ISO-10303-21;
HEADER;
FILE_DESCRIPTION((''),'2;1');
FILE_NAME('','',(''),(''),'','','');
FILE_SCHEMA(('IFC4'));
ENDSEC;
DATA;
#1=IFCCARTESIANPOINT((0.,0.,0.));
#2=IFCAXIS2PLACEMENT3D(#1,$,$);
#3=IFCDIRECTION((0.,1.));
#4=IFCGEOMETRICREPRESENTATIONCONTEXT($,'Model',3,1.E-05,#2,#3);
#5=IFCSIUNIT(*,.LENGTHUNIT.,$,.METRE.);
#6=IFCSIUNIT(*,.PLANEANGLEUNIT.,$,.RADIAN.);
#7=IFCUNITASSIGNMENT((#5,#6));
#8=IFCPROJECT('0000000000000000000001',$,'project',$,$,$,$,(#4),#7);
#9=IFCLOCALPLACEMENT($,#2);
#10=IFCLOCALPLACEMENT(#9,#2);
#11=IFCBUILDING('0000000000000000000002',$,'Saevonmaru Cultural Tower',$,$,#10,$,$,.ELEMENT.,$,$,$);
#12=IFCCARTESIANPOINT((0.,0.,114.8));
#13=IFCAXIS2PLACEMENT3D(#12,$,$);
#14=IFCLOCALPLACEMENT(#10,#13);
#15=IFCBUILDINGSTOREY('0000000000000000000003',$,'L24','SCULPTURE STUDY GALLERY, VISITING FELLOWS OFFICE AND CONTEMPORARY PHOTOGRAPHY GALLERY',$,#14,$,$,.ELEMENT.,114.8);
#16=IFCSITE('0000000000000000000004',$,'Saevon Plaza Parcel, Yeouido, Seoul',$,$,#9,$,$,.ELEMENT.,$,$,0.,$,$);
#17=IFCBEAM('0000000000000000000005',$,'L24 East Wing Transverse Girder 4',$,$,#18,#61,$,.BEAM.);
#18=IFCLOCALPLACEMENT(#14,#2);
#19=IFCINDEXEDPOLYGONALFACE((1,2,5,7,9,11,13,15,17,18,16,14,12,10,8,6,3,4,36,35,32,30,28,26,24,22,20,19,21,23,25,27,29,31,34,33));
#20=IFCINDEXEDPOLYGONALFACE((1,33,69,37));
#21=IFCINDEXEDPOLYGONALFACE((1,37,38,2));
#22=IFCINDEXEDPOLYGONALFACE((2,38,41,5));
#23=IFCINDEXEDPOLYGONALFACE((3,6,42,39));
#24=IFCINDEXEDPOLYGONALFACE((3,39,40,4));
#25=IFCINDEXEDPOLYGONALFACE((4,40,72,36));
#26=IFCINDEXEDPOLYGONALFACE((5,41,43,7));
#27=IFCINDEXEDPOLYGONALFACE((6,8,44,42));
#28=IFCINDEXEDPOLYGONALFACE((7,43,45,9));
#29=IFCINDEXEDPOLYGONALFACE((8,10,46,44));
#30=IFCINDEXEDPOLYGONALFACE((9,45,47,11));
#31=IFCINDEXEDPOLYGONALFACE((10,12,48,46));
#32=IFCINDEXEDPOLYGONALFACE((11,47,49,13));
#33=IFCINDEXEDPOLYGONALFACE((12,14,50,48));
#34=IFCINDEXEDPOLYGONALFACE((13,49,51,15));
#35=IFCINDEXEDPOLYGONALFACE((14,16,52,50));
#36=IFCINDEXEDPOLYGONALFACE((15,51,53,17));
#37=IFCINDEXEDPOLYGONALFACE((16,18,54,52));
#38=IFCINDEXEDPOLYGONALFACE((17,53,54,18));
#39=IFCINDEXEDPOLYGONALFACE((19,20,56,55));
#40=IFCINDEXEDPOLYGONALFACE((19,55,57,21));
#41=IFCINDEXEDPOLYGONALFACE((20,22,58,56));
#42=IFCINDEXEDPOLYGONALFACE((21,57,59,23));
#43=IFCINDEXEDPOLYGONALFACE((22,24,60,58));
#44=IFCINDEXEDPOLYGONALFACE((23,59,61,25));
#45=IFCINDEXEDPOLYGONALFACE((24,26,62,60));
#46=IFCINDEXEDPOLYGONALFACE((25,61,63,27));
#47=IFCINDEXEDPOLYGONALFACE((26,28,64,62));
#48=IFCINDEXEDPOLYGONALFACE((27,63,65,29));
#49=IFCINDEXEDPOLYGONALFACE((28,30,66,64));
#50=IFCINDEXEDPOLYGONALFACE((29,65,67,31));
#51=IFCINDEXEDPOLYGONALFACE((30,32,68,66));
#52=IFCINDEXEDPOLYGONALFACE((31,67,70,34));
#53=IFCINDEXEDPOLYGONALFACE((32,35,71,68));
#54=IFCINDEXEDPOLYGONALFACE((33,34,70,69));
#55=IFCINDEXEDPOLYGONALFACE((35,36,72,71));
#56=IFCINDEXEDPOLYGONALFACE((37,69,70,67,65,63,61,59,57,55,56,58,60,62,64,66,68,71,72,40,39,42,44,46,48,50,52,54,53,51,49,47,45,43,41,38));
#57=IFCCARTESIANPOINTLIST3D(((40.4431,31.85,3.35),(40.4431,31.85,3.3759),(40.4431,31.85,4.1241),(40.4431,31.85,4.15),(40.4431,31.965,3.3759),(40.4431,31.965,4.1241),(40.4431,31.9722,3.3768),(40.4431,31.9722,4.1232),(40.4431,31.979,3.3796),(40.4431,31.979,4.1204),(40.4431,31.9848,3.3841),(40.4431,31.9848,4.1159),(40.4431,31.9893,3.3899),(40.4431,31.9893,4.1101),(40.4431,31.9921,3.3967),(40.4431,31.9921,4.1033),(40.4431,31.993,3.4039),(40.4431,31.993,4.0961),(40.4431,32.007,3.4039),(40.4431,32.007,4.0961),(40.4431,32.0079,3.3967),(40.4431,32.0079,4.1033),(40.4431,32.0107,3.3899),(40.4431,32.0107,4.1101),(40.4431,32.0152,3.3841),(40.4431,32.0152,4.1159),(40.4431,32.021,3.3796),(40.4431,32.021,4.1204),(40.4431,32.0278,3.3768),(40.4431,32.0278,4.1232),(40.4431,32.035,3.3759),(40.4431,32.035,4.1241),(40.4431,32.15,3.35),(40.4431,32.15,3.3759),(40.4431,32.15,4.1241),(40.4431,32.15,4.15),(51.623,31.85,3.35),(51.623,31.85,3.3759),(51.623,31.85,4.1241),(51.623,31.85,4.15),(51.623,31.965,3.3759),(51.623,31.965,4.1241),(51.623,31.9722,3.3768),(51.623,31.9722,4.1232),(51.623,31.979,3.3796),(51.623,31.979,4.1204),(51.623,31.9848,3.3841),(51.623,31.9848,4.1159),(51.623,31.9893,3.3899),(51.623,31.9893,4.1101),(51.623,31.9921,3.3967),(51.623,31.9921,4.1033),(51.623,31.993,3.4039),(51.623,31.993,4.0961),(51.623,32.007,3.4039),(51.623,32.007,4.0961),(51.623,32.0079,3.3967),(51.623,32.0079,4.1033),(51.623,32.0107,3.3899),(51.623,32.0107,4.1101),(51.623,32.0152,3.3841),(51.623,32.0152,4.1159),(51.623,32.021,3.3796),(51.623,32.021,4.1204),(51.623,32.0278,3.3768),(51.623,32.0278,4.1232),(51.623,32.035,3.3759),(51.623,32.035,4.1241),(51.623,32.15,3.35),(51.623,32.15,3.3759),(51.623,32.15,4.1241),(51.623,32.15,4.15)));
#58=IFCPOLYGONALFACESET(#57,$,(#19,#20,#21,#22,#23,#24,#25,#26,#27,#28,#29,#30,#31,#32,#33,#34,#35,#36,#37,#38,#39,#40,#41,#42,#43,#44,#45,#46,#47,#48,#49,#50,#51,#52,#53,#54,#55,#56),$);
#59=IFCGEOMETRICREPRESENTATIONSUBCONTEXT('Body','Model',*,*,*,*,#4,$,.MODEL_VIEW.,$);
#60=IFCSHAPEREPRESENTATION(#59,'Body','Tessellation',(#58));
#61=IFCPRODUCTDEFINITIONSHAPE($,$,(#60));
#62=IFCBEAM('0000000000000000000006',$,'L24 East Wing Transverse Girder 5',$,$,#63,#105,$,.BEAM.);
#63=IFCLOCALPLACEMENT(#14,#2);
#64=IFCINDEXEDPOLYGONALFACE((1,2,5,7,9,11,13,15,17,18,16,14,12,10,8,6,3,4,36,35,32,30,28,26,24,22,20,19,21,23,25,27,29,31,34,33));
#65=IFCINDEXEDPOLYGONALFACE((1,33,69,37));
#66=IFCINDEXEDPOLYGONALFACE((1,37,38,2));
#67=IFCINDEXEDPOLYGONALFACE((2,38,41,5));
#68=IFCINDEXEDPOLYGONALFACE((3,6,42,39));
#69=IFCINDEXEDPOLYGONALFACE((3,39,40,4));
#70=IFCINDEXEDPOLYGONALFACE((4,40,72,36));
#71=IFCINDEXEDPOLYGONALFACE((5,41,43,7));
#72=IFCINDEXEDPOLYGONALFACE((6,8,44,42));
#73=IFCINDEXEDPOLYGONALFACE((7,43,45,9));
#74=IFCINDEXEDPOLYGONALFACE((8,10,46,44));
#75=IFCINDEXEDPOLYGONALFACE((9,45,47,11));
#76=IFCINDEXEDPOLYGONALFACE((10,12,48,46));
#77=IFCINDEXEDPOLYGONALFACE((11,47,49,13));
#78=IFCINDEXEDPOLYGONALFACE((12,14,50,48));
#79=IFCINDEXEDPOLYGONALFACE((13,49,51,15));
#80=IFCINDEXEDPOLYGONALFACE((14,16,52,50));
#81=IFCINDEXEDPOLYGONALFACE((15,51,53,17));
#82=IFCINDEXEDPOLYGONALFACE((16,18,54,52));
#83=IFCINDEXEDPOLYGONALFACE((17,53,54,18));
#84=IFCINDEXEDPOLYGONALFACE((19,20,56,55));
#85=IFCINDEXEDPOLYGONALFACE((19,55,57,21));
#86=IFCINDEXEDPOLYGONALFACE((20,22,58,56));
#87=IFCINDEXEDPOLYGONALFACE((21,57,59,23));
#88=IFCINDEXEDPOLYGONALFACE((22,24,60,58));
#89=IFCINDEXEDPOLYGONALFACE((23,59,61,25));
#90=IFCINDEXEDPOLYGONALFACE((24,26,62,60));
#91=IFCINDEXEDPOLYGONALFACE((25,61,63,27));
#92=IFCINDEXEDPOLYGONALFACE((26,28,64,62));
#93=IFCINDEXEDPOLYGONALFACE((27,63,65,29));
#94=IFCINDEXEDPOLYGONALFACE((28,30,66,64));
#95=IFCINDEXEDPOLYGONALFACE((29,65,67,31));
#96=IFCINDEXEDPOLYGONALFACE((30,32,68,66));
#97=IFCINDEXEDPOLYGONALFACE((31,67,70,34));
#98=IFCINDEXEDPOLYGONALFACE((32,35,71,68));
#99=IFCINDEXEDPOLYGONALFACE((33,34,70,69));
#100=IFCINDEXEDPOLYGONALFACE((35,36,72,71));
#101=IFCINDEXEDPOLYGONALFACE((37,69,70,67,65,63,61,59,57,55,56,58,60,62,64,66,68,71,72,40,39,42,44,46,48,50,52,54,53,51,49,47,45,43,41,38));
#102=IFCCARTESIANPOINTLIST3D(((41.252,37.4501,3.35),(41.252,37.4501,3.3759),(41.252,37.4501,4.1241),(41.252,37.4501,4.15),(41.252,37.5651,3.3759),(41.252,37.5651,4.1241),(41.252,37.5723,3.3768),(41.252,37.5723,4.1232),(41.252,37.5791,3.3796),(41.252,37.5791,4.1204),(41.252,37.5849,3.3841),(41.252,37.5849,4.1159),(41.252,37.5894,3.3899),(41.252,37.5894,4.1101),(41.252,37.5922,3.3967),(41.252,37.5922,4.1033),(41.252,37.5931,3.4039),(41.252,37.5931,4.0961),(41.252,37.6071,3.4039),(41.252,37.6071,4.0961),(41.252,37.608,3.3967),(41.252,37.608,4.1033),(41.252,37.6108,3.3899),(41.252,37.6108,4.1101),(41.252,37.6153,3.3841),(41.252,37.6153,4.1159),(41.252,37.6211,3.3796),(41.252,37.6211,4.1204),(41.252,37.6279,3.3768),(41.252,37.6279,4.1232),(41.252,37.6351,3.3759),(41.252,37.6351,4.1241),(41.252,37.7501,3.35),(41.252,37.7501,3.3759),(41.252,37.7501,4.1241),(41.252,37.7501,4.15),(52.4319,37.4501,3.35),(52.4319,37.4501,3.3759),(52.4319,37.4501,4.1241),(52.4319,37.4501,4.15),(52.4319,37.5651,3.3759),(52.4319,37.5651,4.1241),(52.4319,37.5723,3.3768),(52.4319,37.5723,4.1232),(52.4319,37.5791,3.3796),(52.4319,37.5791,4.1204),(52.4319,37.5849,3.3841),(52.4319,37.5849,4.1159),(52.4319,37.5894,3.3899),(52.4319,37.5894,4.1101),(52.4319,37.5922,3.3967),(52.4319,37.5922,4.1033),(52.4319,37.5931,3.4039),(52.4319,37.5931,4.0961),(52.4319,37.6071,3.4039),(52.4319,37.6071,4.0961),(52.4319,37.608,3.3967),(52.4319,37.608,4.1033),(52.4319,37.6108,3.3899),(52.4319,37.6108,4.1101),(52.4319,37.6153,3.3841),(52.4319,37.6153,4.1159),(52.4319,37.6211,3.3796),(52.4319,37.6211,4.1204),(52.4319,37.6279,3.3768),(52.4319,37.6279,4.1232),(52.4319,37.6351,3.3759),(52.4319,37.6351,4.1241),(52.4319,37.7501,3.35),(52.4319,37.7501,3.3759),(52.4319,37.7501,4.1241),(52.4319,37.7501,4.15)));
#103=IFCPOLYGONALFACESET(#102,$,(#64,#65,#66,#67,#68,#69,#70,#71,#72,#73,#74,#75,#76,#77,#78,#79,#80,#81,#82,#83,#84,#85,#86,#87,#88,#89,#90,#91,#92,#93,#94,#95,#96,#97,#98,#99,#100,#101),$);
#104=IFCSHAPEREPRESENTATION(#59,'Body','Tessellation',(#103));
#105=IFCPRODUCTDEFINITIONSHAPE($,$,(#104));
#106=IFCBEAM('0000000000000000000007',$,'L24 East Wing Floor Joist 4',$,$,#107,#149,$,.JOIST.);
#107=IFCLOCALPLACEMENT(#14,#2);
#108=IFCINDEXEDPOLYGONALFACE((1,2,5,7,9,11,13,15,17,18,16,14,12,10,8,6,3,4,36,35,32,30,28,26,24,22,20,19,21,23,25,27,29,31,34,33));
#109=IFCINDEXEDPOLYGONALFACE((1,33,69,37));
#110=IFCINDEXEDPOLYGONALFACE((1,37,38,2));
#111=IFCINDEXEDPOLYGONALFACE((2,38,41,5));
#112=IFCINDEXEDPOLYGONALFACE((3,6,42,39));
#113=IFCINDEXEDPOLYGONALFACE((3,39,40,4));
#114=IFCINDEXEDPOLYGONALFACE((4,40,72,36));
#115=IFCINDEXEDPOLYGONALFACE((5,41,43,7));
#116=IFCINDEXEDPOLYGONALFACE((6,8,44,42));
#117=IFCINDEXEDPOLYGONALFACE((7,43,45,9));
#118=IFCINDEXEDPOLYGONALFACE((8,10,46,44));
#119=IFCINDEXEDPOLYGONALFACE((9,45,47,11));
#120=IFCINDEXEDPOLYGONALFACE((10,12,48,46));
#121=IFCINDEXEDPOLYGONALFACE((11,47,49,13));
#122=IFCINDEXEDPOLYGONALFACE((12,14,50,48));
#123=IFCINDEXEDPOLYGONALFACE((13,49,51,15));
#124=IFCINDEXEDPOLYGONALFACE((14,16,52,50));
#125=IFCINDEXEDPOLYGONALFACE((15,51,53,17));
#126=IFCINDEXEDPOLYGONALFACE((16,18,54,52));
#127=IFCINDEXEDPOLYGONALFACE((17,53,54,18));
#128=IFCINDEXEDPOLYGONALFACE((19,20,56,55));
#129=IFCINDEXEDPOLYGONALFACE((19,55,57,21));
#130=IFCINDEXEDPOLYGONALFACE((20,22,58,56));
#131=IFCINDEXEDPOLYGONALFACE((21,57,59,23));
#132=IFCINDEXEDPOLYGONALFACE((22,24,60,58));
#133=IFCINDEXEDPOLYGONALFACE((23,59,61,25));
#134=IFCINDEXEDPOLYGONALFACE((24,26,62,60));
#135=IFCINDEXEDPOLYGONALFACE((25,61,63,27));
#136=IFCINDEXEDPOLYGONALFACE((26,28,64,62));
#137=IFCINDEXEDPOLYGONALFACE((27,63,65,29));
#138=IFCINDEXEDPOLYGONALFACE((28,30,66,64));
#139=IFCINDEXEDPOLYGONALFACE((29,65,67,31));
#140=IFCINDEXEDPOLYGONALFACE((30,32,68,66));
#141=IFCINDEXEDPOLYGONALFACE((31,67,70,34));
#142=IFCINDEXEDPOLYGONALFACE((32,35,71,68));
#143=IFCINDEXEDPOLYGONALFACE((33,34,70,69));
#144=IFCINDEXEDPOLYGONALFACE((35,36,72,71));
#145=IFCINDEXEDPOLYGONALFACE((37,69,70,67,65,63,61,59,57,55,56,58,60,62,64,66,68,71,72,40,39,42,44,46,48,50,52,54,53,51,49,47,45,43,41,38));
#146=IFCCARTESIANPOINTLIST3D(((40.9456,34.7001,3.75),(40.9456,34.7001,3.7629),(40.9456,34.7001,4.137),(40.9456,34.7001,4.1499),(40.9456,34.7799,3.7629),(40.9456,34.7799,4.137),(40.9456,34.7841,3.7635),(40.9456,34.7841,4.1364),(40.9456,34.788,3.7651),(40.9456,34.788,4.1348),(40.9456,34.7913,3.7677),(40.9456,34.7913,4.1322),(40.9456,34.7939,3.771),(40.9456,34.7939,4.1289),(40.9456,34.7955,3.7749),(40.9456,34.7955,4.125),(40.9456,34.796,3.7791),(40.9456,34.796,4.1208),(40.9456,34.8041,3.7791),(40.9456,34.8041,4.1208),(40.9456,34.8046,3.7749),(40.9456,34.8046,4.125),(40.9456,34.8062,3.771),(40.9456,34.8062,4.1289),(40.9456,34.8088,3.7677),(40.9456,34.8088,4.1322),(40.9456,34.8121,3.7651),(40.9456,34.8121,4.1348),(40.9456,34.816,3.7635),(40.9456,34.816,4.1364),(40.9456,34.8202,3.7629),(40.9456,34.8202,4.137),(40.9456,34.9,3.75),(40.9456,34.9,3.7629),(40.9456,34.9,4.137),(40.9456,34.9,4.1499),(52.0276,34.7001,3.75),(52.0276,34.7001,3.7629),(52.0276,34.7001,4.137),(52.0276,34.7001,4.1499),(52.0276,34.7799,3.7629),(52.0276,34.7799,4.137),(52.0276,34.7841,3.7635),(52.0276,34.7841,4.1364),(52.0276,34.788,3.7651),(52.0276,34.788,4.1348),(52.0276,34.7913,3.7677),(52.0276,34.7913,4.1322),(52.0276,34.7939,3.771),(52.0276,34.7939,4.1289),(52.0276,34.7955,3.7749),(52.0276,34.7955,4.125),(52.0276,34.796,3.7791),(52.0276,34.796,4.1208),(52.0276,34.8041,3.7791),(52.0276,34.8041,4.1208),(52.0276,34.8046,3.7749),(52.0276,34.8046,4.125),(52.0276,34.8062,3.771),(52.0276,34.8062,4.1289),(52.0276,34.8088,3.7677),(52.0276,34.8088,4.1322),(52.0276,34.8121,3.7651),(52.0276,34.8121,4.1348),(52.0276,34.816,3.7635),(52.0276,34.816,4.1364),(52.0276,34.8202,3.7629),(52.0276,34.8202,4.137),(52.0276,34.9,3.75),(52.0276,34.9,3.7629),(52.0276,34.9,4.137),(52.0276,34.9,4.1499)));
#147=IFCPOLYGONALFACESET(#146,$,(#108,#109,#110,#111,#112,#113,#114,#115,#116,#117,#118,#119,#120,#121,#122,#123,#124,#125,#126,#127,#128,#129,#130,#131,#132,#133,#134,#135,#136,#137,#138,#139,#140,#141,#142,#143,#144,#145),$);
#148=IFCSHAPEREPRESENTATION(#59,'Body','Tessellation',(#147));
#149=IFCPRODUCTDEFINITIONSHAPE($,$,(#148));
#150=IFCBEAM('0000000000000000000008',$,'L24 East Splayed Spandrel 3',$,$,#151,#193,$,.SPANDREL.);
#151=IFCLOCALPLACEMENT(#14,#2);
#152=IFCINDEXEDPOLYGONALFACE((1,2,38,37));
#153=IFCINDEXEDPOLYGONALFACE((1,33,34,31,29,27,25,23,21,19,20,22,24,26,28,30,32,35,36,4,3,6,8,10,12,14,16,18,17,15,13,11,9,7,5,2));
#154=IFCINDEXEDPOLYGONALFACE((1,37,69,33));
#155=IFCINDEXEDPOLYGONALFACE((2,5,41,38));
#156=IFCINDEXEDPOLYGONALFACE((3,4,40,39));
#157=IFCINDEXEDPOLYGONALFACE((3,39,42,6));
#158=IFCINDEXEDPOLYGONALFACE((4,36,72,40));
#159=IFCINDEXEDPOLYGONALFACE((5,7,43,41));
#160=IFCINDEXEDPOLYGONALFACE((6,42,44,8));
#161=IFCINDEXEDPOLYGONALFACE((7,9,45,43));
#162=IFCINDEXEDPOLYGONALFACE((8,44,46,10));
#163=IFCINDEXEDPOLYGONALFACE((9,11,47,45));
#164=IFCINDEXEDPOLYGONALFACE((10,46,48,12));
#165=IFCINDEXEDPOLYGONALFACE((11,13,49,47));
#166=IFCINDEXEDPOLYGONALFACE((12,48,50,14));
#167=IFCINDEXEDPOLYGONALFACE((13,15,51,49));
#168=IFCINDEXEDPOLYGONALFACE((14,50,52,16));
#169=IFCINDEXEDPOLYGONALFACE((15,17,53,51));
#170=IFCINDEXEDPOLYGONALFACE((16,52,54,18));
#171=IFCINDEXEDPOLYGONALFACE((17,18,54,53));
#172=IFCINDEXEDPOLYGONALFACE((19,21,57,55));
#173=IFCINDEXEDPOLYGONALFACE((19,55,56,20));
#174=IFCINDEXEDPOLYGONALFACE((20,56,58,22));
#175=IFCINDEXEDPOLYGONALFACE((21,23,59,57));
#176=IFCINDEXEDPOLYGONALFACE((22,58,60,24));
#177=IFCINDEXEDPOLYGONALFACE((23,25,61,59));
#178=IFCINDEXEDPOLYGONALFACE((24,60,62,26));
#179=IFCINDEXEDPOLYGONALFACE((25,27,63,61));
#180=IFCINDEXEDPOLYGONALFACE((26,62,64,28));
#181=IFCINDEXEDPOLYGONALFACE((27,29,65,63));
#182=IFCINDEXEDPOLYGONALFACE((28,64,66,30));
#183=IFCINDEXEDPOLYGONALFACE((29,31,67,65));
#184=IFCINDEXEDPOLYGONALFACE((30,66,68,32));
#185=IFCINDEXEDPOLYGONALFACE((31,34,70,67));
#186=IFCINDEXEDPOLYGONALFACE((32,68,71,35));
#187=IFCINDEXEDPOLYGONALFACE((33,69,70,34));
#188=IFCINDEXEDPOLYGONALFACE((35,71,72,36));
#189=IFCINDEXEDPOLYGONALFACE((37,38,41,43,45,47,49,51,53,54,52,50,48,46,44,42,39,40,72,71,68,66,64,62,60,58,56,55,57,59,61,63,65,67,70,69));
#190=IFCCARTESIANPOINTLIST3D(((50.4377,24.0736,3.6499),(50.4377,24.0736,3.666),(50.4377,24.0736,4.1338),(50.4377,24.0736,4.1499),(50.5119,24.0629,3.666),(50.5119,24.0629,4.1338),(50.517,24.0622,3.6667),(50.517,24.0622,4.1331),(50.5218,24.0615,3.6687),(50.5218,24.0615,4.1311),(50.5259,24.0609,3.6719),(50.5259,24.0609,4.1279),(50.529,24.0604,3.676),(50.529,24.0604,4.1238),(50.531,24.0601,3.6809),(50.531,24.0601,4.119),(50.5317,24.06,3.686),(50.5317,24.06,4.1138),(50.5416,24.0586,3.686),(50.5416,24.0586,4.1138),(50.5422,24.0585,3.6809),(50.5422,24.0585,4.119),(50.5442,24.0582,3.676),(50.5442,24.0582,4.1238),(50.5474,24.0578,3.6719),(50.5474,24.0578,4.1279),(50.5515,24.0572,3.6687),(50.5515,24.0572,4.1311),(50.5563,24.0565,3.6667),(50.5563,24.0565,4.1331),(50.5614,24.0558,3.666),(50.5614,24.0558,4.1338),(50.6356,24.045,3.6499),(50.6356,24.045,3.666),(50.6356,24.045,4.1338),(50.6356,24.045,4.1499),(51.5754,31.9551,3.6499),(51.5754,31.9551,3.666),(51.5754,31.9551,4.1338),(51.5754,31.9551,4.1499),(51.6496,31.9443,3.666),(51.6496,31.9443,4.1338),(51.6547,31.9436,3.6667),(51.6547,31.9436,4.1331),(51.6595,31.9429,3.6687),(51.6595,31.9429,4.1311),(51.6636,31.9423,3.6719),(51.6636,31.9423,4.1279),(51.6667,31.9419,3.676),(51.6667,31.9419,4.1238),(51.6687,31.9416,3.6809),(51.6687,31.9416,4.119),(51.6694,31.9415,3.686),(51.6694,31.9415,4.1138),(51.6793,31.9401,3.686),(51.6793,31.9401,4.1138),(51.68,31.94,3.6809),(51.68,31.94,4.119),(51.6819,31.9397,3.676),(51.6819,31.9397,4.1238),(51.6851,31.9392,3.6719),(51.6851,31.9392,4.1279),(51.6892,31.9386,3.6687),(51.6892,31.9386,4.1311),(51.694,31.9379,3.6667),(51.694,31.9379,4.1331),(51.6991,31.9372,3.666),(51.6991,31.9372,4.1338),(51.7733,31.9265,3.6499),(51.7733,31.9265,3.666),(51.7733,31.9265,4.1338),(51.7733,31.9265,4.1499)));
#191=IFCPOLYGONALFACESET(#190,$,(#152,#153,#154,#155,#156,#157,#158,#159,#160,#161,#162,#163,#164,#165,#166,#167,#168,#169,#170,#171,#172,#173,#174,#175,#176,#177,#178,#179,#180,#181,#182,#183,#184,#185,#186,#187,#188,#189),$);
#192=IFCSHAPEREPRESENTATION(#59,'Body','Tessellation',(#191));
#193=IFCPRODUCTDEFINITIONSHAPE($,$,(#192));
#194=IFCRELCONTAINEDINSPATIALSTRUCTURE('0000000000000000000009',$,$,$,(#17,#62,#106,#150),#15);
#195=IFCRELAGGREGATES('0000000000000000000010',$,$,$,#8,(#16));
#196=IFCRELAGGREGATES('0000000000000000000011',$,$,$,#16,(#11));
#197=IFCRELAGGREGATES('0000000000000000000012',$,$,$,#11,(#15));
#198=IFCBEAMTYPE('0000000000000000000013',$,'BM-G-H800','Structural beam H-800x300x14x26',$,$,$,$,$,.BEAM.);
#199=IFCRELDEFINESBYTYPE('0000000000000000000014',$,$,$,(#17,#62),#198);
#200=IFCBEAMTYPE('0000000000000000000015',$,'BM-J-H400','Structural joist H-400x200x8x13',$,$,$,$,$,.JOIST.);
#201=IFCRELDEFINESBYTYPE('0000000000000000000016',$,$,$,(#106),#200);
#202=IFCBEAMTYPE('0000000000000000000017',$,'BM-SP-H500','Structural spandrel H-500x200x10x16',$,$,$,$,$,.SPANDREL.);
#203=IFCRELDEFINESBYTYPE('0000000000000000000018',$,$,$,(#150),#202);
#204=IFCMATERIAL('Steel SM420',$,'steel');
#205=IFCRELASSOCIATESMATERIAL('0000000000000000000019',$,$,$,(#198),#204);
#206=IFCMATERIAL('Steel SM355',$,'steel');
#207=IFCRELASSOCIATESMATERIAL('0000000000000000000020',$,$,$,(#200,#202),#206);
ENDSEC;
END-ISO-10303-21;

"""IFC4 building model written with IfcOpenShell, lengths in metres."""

from ifc_helpers import new_model, si_unit, direction, frame, origin, origin_2d, place, context, subcontext, project, spatial, i_section, extrude, material, material_profile, profile_set, type_object, element, save


model = new_model("IFC4")

# Units and contexts
model_context = context("Model", 3, precision=1e-05, world=origin(), true_north=direction((0.0, 1.0)))
body_context = subcontext(model_context, "Body", "Model", "MODEL_VIEW")
ifc_project = project(units=[si_unit("LENGTHUNIT", "METRE"), si_unit("PLANEANGLEUNIT", "RADIAN")], contexts=[model_context])

# Site, building, storey
site_placement = place(None, origin())
site = spatial("IfcSite", under=ifc_project, at=site_placement, Name="Saevon Plaza Parcel, Yeouido, Seoul", CompositionType="ELEMENT", RefElevation=0.0)
building_placement = place(site_placement, origin())
building = spatial("IfcBuilding", under=site, at=building_placement, Name="Saevonmaru Cultural Tower", CompositionType="ELEMENT")
storey_placement = place(building_placement, frame((0.0, 0.0, 114.8)))
storey = spatial("IfcBuildingStorey", under=building, at=storey_placement, Name="L24", Description="SCULPTURE STUDY GALLERY, VISITING FELLOWS OFFICE AND CONTEMPORARY PHOTOGRAPHY GALLERY", CompositionType="ELEMENT", Elevation=114.8)

# Shared definitions
ifc_material_1 = material(Name="Steel SM420", Category="steel")
ifc_material_2 = material(Name="Steel SM355", Category="steel")

# Beams
ifc_material_profile_1 = material_profile(ifc_material_1, i_section(OverallWidth=0.3, OverallDepth=0.8, WebThickness=0.0139, FlangeThickness=0.0259, FilletRadius=0.0281, at=origin_2d()), Name="H-800x300x14x26")
ifc_profile_set_1 = profile_set([ifc_material_profile_1], Name="Steel SM420")
beam_type_1 = type_object("IfcBeamType", Name="BM-G-H800", Description="Structural beam H-800x300x14x26", PredefinedType="BEAM", material=ifc_profile_set_1)
for number, where, z_axis, x_axis, name in (
    (1, (40.4431, 32.0, 3.75), (1.0, 0.0, 0.0), (0.0, 1.0, 0.0), "L24 East Wing Transverse Girder 4"),
    (2, (41.252, 37.6001, 3.75), (1.0, 0.0, 0.0), (0.0, 1.0, 0.0), "L24 East Wing Transverse Girder 5"),
):
    element("IfcBeam", number, at=place(storey_placement, frame(where, z_axis=z_axis, x_axis=x_axis)), inside=storey, type_object=beam_type_1, Name=name, PredefinedType="BEAM", context=body_context, shape_type="SweptSolid", body=[
        extrude(i_section(OverallWidth=0.3, OverallDepth=0.8, WebThickness=0.0139, FlangeThickness=0.0259, FilletRadius=0.0281, at=origin_2d()), origin(), (0.0, 0.0, 1.0), 11.1799),
    ])
ifc_material_profile_2 = material_profile(ifc_material_2, i_section(OverallWidth=0.2, OverallDepth=0.3999, WebThickness=0.0081, FlangeThickness=0.0129, FilletRadius=0.0161, at=origin_2d()), Name="H-400x200x8x13")
ifc_profile_set_2 = profile_set([ifc_material_profile_2], Name="Steel SM355")
beam_type_2 = type_object("IfcBeamType", Name="BM-J-H400", Description="Structural joist H-400x200x8x13", PredefinedType="JOIST", material=ifc_profile_set_2)
beam_1_placement = place(storey_placement, frame((40.9456, 34.8, 3.95), z_axis=(1.0, 0.0, 0.0), x_axis=(0.0, 1.0, 0.0)))
element("IfcBeam", 3, at=beam_1_placement, inside=storey, type_object=beam_type_2, Name="L24 East Wing Floor Joist 4", PredefinedType="JOIST", context=body_context, shape_type="SweptSolid", body=[
    extrude(i_section(OverallWidth=0.2, OverallDepth=0.3999, WebThickness=0.0081, FlangeThickness=0.0129, FilletRadius=0.0161, at=origin_2d()), origin(), (0.0, 0.0, 1.0), 11.082),
])
ifc_material_profile_3 = material_profile(ifc_material_2, i_section(OverallWidth=0.2, OverallDepth=0.5, WebThickness=0.01, FlangeThickness=0.0161, FilletRadius=0.02, at=origin_2d()), Name="H-500x200x10x16")
ifc_profile_set_3 = profile_set([ifc_material_profile_3], Name="Steel SM355")
beam_type_3 = type_object("IfcBeamType", Name="BM-SP-H500", Description="Structural spandrel H-500x200x10x16", PredefinedType="SPANDREL", material=ifc_profile_set_3)
beam_2_placement = place(storey_placement, frame((50.5366, 24.0593, 3.8999), z_axis=(0.142872, 0.989741, 0.0), x_axis=(-0.989741, 0.142872, 0.0)))
element("IfcBeam", 4, at=beam_2_placement, inside=storey, type_object=beam_type_3, Name="L24 East Splayed Spandrel 3", PredefinedType="SPANDREL", context=body_context, shape_type="SweptSolid", body=[
    extrude(i_section(OverallWidth=0.2, OverallDepth=0.5, WebThickness=0.01, FlangeThickness=0.0161, FilletRadius=0.02, at=origin_2d()), origin(), (0.0, 0.0, 1.0), 7.9631),
])

save(model, "model.ifc")
